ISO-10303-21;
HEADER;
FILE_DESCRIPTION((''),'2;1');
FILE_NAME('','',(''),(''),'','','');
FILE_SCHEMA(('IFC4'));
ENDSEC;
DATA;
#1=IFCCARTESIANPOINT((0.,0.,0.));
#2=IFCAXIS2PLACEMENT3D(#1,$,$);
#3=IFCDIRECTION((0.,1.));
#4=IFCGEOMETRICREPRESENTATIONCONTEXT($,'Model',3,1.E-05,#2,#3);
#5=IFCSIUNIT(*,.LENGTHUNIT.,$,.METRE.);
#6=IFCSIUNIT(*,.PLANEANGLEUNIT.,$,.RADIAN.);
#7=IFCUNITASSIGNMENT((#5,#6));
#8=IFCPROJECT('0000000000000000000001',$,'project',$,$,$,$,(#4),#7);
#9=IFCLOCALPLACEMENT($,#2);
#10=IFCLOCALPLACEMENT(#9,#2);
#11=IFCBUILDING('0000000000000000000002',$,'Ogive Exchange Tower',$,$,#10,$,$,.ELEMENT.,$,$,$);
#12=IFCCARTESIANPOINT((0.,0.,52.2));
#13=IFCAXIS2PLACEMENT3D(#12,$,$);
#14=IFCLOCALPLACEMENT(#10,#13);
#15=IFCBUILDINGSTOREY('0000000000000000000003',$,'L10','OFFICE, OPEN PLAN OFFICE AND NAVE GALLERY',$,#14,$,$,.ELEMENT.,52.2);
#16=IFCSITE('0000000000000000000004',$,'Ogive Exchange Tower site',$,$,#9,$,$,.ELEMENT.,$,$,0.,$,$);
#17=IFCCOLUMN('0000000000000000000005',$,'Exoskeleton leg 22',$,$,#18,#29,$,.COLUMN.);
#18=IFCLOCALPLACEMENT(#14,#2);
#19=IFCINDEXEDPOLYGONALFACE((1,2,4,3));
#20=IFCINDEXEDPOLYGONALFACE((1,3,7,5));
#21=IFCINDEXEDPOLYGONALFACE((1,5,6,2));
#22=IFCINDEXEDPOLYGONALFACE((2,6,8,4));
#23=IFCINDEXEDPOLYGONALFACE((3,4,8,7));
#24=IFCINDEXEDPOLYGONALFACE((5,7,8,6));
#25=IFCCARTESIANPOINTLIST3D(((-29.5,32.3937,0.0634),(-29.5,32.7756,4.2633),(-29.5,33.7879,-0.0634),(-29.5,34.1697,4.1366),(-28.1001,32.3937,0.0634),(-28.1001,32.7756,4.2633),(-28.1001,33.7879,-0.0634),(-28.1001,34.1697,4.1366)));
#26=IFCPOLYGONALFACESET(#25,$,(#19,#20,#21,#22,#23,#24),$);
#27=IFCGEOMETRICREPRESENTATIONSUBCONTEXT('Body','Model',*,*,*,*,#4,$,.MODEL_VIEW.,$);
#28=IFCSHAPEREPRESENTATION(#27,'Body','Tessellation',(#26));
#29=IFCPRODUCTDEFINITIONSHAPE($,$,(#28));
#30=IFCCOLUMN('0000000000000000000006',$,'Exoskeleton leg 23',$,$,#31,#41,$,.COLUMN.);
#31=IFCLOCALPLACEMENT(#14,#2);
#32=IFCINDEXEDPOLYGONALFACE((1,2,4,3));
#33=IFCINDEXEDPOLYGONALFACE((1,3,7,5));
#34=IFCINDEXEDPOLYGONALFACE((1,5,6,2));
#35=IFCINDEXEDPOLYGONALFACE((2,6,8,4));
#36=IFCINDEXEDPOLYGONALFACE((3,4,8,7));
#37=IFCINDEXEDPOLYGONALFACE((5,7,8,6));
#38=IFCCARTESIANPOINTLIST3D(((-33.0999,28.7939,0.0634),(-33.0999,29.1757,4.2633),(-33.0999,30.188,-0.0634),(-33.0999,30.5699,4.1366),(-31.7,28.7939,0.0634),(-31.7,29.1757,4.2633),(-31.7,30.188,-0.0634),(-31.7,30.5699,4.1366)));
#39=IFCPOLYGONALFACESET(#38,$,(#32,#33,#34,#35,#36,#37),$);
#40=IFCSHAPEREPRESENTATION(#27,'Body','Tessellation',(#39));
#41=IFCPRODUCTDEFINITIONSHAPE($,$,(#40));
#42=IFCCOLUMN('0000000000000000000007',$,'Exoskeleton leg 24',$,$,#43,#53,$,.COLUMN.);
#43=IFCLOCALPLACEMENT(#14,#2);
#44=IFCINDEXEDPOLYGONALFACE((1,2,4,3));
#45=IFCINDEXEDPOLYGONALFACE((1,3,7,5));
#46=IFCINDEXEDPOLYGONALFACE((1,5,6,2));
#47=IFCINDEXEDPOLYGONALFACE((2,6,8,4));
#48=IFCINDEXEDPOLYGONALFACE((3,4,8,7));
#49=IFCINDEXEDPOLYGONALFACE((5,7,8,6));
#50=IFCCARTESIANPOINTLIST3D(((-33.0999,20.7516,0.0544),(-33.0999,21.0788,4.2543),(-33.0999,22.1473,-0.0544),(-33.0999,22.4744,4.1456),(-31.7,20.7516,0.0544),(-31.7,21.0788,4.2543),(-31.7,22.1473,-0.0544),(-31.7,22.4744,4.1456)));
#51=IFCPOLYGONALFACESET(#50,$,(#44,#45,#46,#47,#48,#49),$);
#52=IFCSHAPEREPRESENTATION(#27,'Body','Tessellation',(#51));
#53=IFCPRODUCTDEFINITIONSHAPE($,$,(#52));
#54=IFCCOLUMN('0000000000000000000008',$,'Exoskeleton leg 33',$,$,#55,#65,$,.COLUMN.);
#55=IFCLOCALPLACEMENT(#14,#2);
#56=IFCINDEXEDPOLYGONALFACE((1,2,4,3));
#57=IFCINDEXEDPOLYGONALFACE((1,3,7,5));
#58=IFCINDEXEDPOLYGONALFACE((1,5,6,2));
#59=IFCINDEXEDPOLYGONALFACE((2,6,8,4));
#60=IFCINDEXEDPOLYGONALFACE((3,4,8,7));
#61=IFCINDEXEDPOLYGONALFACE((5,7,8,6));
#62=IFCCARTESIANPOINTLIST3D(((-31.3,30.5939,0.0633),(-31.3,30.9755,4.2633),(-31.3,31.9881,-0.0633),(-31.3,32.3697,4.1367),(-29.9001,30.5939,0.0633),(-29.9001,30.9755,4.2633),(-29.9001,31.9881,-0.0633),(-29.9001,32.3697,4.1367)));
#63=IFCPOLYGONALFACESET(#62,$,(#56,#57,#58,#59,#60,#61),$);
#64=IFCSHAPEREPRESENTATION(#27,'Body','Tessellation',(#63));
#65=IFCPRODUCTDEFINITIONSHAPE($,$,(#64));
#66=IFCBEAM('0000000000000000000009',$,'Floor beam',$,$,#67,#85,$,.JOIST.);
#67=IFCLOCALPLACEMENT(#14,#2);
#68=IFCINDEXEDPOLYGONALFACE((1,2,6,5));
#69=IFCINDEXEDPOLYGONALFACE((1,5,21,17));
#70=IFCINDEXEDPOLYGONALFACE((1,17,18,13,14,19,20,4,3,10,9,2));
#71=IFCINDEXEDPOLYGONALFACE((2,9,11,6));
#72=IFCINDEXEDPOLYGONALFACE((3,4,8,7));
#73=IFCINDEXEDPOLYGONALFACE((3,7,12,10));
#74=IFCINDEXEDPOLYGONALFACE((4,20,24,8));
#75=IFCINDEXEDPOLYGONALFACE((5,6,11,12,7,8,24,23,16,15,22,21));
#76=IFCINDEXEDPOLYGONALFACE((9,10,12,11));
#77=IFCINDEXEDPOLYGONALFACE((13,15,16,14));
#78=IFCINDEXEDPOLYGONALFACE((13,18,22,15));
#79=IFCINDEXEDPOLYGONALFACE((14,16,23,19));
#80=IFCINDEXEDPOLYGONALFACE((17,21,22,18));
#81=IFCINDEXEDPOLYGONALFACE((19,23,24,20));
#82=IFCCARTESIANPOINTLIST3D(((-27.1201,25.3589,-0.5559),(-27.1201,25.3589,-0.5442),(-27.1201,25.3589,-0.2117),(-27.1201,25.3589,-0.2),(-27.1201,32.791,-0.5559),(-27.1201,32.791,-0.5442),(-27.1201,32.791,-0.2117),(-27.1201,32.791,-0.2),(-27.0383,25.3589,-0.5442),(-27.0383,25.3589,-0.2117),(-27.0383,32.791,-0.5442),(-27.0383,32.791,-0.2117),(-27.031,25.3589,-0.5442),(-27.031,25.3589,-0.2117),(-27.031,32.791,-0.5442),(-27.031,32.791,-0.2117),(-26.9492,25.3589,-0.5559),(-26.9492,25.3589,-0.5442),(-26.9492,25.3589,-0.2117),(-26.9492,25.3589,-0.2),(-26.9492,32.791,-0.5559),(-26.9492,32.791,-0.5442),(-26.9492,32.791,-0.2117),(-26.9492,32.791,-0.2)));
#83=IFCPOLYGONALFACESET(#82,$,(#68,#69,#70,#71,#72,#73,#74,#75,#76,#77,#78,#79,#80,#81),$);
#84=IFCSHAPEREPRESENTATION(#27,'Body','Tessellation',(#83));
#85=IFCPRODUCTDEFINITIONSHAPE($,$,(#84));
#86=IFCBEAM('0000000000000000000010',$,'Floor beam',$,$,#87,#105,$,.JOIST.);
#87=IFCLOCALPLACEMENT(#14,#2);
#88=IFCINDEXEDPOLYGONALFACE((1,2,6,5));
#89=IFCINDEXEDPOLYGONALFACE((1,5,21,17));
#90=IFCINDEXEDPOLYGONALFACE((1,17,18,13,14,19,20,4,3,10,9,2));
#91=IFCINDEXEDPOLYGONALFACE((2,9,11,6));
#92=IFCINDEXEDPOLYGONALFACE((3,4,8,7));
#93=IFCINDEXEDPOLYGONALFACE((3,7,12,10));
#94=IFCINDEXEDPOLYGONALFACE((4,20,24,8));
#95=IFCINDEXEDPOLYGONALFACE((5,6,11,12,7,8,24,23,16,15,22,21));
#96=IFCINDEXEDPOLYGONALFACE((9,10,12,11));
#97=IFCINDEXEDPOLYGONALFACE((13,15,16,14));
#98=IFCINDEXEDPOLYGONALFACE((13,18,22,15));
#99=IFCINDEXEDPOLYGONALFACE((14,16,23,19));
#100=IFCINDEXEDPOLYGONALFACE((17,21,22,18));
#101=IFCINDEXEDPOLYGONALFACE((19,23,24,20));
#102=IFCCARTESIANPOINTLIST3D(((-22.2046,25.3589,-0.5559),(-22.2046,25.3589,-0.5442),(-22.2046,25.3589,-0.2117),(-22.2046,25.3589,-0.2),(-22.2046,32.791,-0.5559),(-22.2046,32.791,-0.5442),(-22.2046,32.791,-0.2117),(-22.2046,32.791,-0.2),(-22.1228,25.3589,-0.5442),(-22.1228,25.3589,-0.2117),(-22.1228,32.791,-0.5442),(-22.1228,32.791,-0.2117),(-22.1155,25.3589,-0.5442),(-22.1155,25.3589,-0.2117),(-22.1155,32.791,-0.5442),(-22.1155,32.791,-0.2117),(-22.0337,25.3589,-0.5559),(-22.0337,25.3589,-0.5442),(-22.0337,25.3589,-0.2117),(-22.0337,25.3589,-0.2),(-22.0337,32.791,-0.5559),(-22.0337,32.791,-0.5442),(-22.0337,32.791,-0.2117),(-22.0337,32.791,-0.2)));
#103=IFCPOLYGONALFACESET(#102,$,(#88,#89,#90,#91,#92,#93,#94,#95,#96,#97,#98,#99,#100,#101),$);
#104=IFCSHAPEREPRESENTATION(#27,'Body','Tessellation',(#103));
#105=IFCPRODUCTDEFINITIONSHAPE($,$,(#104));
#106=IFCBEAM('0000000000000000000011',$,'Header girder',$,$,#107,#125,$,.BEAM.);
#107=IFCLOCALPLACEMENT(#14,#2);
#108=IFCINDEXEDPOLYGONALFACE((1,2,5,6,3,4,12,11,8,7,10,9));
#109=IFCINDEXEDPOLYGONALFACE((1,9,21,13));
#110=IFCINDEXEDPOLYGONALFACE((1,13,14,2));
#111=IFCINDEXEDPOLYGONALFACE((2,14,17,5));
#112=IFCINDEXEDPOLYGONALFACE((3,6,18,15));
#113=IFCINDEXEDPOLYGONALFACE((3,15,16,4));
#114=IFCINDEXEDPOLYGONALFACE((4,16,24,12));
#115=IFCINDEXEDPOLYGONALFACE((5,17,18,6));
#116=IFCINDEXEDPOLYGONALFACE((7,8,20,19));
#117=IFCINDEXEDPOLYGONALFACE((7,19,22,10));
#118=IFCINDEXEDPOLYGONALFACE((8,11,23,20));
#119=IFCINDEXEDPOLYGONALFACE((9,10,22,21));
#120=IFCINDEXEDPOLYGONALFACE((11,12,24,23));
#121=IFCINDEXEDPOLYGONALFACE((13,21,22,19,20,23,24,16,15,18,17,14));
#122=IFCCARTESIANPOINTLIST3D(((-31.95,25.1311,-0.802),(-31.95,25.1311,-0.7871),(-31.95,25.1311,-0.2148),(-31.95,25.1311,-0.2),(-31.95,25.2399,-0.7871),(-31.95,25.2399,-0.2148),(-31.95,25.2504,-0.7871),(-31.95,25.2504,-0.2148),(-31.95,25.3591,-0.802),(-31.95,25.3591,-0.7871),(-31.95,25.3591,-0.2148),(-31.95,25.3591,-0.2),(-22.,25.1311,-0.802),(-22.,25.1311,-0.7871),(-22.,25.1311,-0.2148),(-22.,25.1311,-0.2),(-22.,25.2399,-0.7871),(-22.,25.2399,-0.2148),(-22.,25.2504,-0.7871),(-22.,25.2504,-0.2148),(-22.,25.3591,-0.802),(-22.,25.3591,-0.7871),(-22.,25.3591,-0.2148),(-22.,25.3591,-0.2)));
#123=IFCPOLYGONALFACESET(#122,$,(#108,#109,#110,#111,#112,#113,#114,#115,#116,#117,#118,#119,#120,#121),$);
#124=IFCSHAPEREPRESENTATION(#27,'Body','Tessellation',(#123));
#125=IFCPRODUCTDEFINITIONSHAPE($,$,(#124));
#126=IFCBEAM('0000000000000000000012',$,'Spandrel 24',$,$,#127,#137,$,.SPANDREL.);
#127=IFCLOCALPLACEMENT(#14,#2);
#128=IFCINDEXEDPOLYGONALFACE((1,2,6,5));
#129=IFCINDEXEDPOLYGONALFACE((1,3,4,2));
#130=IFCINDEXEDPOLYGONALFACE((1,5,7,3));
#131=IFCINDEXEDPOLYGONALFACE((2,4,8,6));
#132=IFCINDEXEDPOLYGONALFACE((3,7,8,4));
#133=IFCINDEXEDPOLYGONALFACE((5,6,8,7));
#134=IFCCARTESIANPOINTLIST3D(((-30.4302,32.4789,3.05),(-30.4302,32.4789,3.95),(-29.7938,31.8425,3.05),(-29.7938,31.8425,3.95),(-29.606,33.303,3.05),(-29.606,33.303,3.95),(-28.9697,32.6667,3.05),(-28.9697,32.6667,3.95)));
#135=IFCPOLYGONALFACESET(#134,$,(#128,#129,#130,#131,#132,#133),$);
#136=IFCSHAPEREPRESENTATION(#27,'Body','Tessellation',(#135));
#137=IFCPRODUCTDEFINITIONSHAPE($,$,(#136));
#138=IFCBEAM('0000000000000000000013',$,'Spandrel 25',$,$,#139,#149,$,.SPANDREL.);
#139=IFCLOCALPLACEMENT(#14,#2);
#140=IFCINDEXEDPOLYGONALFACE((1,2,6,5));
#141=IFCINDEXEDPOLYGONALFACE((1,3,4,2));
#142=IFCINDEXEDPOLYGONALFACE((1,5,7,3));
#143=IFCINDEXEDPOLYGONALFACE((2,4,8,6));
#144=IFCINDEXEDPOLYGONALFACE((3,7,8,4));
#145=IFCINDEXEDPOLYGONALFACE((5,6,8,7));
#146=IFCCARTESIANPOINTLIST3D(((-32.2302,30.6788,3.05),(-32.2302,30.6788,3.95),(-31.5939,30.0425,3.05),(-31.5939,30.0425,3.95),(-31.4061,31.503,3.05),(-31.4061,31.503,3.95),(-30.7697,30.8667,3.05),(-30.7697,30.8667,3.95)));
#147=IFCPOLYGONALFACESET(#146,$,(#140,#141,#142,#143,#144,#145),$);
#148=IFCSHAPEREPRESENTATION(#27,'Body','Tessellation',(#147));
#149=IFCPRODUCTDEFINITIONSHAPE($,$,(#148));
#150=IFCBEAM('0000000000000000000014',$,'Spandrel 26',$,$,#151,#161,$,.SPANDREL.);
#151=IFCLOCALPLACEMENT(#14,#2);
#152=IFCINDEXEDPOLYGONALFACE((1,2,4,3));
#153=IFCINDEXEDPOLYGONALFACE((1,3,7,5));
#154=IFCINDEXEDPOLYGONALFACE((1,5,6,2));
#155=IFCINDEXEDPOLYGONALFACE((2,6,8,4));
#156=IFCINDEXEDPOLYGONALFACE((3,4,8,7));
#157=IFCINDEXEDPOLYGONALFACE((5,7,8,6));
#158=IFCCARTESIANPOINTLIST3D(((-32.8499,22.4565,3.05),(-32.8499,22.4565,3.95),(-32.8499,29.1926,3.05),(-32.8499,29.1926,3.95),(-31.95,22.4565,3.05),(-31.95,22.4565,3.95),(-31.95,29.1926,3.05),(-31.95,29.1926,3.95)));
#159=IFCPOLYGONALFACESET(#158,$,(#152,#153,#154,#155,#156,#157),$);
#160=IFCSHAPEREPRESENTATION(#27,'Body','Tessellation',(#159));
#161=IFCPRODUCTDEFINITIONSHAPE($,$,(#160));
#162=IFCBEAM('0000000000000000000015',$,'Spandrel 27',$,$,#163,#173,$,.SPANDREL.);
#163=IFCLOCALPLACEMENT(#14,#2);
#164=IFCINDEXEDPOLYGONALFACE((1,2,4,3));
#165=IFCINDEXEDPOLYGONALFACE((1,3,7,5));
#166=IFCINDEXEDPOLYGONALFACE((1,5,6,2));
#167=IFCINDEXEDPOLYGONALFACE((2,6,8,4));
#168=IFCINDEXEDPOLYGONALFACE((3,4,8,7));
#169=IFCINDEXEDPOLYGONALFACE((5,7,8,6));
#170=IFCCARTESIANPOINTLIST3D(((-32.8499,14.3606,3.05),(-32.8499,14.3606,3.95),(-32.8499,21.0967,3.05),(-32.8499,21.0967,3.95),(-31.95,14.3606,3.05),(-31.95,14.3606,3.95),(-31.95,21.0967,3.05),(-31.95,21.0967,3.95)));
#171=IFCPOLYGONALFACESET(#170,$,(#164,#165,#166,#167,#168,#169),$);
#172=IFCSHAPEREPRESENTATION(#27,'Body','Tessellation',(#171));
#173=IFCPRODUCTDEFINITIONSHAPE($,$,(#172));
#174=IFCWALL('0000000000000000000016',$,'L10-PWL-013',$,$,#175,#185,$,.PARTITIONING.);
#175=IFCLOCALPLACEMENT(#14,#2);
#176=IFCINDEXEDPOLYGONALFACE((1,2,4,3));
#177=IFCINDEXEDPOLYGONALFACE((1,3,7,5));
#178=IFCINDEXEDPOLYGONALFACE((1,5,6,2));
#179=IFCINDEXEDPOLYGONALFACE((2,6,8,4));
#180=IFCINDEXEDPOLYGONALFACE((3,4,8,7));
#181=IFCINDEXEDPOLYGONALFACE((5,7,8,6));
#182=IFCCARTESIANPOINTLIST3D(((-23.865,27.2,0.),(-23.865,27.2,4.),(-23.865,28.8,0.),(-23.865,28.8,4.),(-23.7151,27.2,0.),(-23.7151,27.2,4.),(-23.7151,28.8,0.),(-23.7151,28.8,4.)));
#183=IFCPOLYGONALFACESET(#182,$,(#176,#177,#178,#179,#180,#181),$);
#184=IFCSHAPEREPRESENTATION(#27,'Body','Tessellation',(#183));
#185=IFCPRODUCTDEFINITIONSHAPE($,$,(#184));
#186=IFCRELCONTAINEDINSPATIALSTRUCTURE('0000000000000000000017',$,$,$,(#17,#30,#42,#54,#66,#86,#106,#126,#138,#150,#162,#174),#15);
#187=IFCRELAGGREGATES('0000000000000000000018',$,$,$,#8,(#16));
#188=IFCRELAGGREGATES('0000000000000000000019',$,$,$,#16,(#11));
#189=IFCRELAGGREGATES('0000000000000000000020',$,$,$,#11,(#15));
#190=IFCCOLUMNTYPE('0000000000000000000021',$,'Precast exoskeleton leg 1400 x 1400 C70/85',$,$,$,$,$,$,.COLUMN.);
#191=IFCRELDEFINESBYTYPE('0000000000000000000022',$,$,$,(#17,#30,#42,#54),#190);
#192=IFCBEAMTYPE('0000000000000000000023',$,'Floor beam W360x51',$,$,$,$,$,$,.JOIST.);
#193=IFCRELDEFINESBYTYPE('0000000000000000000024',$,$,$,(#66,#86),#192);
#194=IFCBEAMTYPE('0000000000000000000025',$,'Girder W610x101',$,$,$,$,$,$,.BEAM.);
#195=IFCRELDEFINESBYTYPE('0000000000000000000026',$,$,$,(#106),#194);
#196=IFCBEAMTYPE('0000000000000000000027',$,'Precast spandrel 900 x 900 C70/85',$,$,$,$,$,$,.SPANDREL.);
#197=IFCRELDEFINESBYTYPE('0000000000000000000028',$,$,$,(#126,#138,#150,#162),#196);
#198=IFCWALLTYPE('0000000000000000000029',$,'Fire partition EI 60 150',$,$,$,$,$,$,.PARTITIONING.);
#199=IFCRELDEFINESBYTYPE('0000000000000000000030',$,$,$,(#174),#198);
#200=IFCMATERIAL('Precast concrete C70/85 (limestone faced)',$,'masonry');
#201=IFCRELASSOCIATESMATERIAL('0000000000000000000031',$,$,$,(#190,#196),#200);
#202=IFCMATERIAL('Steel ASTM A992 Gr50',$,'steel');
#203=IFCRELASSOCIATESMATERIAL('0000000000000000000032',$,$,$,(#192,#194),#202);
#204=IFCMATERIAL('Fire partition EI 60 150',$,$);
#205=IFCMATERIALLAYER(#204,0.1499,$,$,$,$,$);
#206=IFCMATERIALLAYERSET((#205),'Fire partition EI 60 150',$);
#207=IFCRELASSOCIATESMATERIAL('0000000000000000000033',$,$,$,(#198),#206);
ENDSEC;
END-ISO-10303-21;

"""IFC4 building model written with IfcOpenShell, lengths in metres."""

from ifc_helpers import new_model, si_unit, direction, frame, frame_2d, origin, origin_2d, place, context, subcontext, project, spatial, rectangle, i_section, extrude, material, layer, layer_set, material_profile, profile_set, type_object, element, save


model = new_model("IFC4")

# Units and contexts
model_context = context("Model", 3, precision=1e-05, world=origin(), true_north=direction((0.0, 1.0)))
body_context = subcontext(model_context, "Body", "Model", "MODEL_VIEW")
ifc_project = project(units=[si_unit("LENGTHUNIT", "METRE"), si_unit("PLANEANGLEUNIT", "RADIAN")], contexts=[model_context])

# Site, building, storey
site_placement = place(None, origin())
site = spatial("IfcSite", under=ifc_project, at=site_placement, Name="Ogive Exchange Tower site", CompositionType="ELEMENT", RefElevation=0.0)
building_placement = place(site_placement, origin())
building = spatial("IfcBuilding", under=site, at=building_placement, Name="Ogive Exchange Tower", CompositionType="ELEMENT")
storey_placement = place(building_placement, frame((0.0, 0.0, 52.2)))
storey = spatial("IfcBuildingStorey", under=building, at=storey_placement, Name="L10", Description="OFFICE, OPEN PLAN OFFICE AND NAVE GALLERY", CompositionType="ELEMENT", Elevation=52.2)

# Columns
ifc_material_1 = material(Name="Precast concrete C70/85 (limestone faced)", Category="masonry")
ifc_material_profile_1 = material_profile(ifc_material_1, rectangle(XDim=1.3999, YDim=1.3999, at=origin_2d()), Name="1400 x 1400")
ifc_profile_set_1 = profile_set([ifc_material_profile_1], Name="Precast concrete C70/85 (limestone faced)")
column_type = type_object("IfcColumnType", Name="Precast exoskeleton leg 1400 x 1400 C70/85", PredefinedType="COLUMN", material=ifc_profile_set_1)
for number, where, z_axis, x_axis, name in (
    (1, (-28.8, 33.0908, 0.0), (0.0, 0.090541, 0.995893), (-1.0, 0.0, 0.0), "Exoskeleton leg 22"),
    (2, (-32.3999, 29.491, 0.0), (0.0, 0.090541, 0.995893), (-1.0, 0.0, 0.0), "Exoskeleton leg 23"),
):
    element("IfcColumn", number, at=place(storey_placement, frame(where, z_axis=z_axis, x_axis=x_axis)), inside=storey, type_object=column_type, Name=name, PredefinedType="COLUMN", context=body_context, shape_type="SweptSolid", body=[
        extrude(rectangle(XDim=1.3999, YDim=1.3999, at=origin_2d()), origin(), (0.0, 0.0, 1.0), 4.2173),
    ])
column_1_placement = place(storey_placement, frame((-32.3999, 21.4495, 0.0), z_axis=(0.0, 0.077658, 0.99698), x_axis=(-1.0, 0.0, 0.0)))
element("IfcColumn", 3, at=column_1_placement, inside=storey, type_object=column_type, Name="Exoskeleton leg 24", PredefinedType="COLUMN", context=body_context, shape_type="SweptSolid", body=[
    extrude(rectangle(XDim=1.3999, YDim=1.3999, at=origin_2d()), origin(), (0.0, 0.0, 1.0), 4.2126),
])
column_2_placement = place(storey_placement, frame((-30.6001, 31.291, 0.0), z_axis=(0.0, 0.090484, 0.995898), x_axis=(-1.0, 0.0, 0.0)))
element("IfcColumn", 4, at=column_2_placement, inside=storey, type_object=column_type, Name="Exoskeleton leg 33", PredefinedType="COLUMN", context=body_context, shape_type="SweptSolid", body=[
    extrude(rectangle(XDim=1.3999, YDim=1.3999, at=origin_2d()), origin(), (0.0, 0.0, 1.0), 4.2173),
])

# Beams
ifc_material_2 = material(Name="Steel ASTM A992 Gr50", Category="steel")
ifc_material_profile_2 = material_profile(ifc_material_2, i_section(OverallWidth=0.1709, OverallDepth=0.356, WebThickness=0.0073, FlangeThickness=0.0117, at=origin_2d()), Name="W360x51")
ifc_profile_set_2 = profile_set([ifc_material_profile_2], Name="Steel ASTM A992 Gr50")
beam_type_1 = type_object("IfcBeamType", Name="Floor beam W360x51", PredefinedType="JOIST", material=ifc_profile_set_2)
for number, where, z_axis, x_axis, name in (
    (5, (-27.0347, 25.3589, -0.3779), (0.0, 1.0, 0.0), (-1.0, 0.0, 0.0), "Floor beam"),
    (6, (-22.1191, 25.3589, -0.3779), (0.0, 1.0, 0.0), (-1.0, 0.0, 0.0), "Floor beam"),
):
    element("IfcBeam", number, at=place(storey_placement, frame(where, z_axis=z_axis, x_axis=x_axis)), inside=storey, type_object=beam_type_1, Name=name, PredefinedType="JOIST", context=body_context, shape_type="SweptSolid", body=[
        extrude(i_section(OverallWidth=0.1709, OverallDepth=0.356, WebThickness=0.0073, FlangeThickness=0.0117, at=origin_2d()), origin(), (0.0, 0.0, 1.0), 7.4321),
    ])
ifc_material_profile_3 = material_profile(ifc_material_2, i_section(OverallWidth=0.228, OverallDepth=0.6021, WebThickness=0.0105, FlangeThickness=0.0149, at=origin_2d()), Name="W610x101")
ifc_profile_set_3 = profile_set([ifc_material_profile_3], Name="Steel ASTM A992 Gr50")
beam_type_2 = type_object("IfcBeamType", Name="Girder W610x101", PredefinedType="BEAM", material=ifc_profile_set_3)
beam_placement = place(storey_placement, frame((-31.95, 25.2451, -0.501), z_axis=(1.0, 0.0, 0.0), x_axis=(0.0, 1.0, 0.0)))
element("IfcBeam", 7, at=beam_placement, inside=storey, type_object=beam_type_2, Name="Header girder", PredefinedType="BEAM", context=body_context, shape_type="SweptSolid", body=[
    extrude(i_section(OverallWidth=0.228, OverallDepth=0.6021, WebThickness=0.0105, FlangeThickness=0.0149, at=origin_2d()), origin(), (0.0, 0.0, 1.0), 9.95),
])
ifc_material_profile_4 = material_profile(ifc_material_1, rectangle(XDim=0.8999, YDim=0.8999, at=origin_2d()), Name="900 x 900")
ifc_profile_set_4 = profile_set([ifc_material_profile_4], Name="Precast concrete C70/85 (limestone faced)")
beam_type_3 = type_object("IfcBeamType", Name="Precast spandrel 900 x 900 C70/85", PredefinedType="SPANDREL", material=ifc_profile_set_4)
for number, where, z_axis, x_axis, name in (
    (8, (-29.2878, 32.9849, 3.5), (-0.707107, -0.707107, 0.0), (0.707107, -0.707107, 0.0), "Spandrel 24"),
    (9, (-31.0879, 31.1848, 3.5), (-0.707107, -0.707107, 0.0), (0.707107, -0.707107, 0.0), "Spandrel 25"),
):
    element("IfcBeam", number, at=place(storey_placement, frame(where, z_axis=z_axis, x_axis=x_axis)), inside=storey, type_object=beam_type_3, Name=name, PredefinedType="SPANDREL", context=body_context, shape_type="SweptSolid", body=[
        extrude(rectangle(XDim=0.8999, YDim=0.8999, at=origin_2d()), origin(), (0.0, 0.0, 1.0), 1.1655),
    ])
for number, where, z_axis, x_axis, name in (
    (10, (-32.3999, 29.1926, 3.5), (0.0, -1.0, 0.0), (1.0, 0.0, 0.0), "Spandrel 26"),
    (11, (-32.3999, 21.0967, 3.5), (0.0, -1.0, 0.0), (1.0, 0.0, 0.0), "Spandrel 27"),
):
    element("IfcBeam", number, at=place(storey_placement, frame(where, z_axis=z_axis, x_axis=x_axis)), inside=storey, type_object=beam_type_3, Name=name, PredefinedType="SPANDREL", context=body_context, shape_type="SweptSolid", body=[
        extrude(rectangle(XDim=0.8999, YDim=0.8999, at=origin_2d()), origin(), (0.0, 0.0, 1.0), 6.7361),
    ])

# Wall
ifc_material_3 = material(Name="Fire partition EI 60 150")
ifc_layer_1 = layer(ifc_material_3, 0.1499)
ifc_layer_set_1 = layer_set([ifc_layer_1], Name="Fire partition EI 60 150")
wall_type_1 = type_object("IfcWallType", Name="Fire partition EI 60 150", PredefinedType="PARTITIONING", material=ifc_layer_set_1)
wall_1_placement = place(storey_placement, frame((-23.79, 27.2, 0.0), z_axis=(0.0, 0.0, 1.0), x_axis=(0.0, 1.0, 0.0)))
element("IfcWall", 12, at=wall_1_placement, inside=storey, type_object=wall_type_1, Name="L10-PWL-013", PredefinedType="PARTITIONING", context=body_context, shape_type="SweptSolid", body=[
    extrude(rectangle(XDim=1.6001, YDim=0.1499, at=frame_2d((0.8, 0.0))), origin(), (0.0, 0.0, 1.0), 4.0),
])

save(model, "model.ifc")
